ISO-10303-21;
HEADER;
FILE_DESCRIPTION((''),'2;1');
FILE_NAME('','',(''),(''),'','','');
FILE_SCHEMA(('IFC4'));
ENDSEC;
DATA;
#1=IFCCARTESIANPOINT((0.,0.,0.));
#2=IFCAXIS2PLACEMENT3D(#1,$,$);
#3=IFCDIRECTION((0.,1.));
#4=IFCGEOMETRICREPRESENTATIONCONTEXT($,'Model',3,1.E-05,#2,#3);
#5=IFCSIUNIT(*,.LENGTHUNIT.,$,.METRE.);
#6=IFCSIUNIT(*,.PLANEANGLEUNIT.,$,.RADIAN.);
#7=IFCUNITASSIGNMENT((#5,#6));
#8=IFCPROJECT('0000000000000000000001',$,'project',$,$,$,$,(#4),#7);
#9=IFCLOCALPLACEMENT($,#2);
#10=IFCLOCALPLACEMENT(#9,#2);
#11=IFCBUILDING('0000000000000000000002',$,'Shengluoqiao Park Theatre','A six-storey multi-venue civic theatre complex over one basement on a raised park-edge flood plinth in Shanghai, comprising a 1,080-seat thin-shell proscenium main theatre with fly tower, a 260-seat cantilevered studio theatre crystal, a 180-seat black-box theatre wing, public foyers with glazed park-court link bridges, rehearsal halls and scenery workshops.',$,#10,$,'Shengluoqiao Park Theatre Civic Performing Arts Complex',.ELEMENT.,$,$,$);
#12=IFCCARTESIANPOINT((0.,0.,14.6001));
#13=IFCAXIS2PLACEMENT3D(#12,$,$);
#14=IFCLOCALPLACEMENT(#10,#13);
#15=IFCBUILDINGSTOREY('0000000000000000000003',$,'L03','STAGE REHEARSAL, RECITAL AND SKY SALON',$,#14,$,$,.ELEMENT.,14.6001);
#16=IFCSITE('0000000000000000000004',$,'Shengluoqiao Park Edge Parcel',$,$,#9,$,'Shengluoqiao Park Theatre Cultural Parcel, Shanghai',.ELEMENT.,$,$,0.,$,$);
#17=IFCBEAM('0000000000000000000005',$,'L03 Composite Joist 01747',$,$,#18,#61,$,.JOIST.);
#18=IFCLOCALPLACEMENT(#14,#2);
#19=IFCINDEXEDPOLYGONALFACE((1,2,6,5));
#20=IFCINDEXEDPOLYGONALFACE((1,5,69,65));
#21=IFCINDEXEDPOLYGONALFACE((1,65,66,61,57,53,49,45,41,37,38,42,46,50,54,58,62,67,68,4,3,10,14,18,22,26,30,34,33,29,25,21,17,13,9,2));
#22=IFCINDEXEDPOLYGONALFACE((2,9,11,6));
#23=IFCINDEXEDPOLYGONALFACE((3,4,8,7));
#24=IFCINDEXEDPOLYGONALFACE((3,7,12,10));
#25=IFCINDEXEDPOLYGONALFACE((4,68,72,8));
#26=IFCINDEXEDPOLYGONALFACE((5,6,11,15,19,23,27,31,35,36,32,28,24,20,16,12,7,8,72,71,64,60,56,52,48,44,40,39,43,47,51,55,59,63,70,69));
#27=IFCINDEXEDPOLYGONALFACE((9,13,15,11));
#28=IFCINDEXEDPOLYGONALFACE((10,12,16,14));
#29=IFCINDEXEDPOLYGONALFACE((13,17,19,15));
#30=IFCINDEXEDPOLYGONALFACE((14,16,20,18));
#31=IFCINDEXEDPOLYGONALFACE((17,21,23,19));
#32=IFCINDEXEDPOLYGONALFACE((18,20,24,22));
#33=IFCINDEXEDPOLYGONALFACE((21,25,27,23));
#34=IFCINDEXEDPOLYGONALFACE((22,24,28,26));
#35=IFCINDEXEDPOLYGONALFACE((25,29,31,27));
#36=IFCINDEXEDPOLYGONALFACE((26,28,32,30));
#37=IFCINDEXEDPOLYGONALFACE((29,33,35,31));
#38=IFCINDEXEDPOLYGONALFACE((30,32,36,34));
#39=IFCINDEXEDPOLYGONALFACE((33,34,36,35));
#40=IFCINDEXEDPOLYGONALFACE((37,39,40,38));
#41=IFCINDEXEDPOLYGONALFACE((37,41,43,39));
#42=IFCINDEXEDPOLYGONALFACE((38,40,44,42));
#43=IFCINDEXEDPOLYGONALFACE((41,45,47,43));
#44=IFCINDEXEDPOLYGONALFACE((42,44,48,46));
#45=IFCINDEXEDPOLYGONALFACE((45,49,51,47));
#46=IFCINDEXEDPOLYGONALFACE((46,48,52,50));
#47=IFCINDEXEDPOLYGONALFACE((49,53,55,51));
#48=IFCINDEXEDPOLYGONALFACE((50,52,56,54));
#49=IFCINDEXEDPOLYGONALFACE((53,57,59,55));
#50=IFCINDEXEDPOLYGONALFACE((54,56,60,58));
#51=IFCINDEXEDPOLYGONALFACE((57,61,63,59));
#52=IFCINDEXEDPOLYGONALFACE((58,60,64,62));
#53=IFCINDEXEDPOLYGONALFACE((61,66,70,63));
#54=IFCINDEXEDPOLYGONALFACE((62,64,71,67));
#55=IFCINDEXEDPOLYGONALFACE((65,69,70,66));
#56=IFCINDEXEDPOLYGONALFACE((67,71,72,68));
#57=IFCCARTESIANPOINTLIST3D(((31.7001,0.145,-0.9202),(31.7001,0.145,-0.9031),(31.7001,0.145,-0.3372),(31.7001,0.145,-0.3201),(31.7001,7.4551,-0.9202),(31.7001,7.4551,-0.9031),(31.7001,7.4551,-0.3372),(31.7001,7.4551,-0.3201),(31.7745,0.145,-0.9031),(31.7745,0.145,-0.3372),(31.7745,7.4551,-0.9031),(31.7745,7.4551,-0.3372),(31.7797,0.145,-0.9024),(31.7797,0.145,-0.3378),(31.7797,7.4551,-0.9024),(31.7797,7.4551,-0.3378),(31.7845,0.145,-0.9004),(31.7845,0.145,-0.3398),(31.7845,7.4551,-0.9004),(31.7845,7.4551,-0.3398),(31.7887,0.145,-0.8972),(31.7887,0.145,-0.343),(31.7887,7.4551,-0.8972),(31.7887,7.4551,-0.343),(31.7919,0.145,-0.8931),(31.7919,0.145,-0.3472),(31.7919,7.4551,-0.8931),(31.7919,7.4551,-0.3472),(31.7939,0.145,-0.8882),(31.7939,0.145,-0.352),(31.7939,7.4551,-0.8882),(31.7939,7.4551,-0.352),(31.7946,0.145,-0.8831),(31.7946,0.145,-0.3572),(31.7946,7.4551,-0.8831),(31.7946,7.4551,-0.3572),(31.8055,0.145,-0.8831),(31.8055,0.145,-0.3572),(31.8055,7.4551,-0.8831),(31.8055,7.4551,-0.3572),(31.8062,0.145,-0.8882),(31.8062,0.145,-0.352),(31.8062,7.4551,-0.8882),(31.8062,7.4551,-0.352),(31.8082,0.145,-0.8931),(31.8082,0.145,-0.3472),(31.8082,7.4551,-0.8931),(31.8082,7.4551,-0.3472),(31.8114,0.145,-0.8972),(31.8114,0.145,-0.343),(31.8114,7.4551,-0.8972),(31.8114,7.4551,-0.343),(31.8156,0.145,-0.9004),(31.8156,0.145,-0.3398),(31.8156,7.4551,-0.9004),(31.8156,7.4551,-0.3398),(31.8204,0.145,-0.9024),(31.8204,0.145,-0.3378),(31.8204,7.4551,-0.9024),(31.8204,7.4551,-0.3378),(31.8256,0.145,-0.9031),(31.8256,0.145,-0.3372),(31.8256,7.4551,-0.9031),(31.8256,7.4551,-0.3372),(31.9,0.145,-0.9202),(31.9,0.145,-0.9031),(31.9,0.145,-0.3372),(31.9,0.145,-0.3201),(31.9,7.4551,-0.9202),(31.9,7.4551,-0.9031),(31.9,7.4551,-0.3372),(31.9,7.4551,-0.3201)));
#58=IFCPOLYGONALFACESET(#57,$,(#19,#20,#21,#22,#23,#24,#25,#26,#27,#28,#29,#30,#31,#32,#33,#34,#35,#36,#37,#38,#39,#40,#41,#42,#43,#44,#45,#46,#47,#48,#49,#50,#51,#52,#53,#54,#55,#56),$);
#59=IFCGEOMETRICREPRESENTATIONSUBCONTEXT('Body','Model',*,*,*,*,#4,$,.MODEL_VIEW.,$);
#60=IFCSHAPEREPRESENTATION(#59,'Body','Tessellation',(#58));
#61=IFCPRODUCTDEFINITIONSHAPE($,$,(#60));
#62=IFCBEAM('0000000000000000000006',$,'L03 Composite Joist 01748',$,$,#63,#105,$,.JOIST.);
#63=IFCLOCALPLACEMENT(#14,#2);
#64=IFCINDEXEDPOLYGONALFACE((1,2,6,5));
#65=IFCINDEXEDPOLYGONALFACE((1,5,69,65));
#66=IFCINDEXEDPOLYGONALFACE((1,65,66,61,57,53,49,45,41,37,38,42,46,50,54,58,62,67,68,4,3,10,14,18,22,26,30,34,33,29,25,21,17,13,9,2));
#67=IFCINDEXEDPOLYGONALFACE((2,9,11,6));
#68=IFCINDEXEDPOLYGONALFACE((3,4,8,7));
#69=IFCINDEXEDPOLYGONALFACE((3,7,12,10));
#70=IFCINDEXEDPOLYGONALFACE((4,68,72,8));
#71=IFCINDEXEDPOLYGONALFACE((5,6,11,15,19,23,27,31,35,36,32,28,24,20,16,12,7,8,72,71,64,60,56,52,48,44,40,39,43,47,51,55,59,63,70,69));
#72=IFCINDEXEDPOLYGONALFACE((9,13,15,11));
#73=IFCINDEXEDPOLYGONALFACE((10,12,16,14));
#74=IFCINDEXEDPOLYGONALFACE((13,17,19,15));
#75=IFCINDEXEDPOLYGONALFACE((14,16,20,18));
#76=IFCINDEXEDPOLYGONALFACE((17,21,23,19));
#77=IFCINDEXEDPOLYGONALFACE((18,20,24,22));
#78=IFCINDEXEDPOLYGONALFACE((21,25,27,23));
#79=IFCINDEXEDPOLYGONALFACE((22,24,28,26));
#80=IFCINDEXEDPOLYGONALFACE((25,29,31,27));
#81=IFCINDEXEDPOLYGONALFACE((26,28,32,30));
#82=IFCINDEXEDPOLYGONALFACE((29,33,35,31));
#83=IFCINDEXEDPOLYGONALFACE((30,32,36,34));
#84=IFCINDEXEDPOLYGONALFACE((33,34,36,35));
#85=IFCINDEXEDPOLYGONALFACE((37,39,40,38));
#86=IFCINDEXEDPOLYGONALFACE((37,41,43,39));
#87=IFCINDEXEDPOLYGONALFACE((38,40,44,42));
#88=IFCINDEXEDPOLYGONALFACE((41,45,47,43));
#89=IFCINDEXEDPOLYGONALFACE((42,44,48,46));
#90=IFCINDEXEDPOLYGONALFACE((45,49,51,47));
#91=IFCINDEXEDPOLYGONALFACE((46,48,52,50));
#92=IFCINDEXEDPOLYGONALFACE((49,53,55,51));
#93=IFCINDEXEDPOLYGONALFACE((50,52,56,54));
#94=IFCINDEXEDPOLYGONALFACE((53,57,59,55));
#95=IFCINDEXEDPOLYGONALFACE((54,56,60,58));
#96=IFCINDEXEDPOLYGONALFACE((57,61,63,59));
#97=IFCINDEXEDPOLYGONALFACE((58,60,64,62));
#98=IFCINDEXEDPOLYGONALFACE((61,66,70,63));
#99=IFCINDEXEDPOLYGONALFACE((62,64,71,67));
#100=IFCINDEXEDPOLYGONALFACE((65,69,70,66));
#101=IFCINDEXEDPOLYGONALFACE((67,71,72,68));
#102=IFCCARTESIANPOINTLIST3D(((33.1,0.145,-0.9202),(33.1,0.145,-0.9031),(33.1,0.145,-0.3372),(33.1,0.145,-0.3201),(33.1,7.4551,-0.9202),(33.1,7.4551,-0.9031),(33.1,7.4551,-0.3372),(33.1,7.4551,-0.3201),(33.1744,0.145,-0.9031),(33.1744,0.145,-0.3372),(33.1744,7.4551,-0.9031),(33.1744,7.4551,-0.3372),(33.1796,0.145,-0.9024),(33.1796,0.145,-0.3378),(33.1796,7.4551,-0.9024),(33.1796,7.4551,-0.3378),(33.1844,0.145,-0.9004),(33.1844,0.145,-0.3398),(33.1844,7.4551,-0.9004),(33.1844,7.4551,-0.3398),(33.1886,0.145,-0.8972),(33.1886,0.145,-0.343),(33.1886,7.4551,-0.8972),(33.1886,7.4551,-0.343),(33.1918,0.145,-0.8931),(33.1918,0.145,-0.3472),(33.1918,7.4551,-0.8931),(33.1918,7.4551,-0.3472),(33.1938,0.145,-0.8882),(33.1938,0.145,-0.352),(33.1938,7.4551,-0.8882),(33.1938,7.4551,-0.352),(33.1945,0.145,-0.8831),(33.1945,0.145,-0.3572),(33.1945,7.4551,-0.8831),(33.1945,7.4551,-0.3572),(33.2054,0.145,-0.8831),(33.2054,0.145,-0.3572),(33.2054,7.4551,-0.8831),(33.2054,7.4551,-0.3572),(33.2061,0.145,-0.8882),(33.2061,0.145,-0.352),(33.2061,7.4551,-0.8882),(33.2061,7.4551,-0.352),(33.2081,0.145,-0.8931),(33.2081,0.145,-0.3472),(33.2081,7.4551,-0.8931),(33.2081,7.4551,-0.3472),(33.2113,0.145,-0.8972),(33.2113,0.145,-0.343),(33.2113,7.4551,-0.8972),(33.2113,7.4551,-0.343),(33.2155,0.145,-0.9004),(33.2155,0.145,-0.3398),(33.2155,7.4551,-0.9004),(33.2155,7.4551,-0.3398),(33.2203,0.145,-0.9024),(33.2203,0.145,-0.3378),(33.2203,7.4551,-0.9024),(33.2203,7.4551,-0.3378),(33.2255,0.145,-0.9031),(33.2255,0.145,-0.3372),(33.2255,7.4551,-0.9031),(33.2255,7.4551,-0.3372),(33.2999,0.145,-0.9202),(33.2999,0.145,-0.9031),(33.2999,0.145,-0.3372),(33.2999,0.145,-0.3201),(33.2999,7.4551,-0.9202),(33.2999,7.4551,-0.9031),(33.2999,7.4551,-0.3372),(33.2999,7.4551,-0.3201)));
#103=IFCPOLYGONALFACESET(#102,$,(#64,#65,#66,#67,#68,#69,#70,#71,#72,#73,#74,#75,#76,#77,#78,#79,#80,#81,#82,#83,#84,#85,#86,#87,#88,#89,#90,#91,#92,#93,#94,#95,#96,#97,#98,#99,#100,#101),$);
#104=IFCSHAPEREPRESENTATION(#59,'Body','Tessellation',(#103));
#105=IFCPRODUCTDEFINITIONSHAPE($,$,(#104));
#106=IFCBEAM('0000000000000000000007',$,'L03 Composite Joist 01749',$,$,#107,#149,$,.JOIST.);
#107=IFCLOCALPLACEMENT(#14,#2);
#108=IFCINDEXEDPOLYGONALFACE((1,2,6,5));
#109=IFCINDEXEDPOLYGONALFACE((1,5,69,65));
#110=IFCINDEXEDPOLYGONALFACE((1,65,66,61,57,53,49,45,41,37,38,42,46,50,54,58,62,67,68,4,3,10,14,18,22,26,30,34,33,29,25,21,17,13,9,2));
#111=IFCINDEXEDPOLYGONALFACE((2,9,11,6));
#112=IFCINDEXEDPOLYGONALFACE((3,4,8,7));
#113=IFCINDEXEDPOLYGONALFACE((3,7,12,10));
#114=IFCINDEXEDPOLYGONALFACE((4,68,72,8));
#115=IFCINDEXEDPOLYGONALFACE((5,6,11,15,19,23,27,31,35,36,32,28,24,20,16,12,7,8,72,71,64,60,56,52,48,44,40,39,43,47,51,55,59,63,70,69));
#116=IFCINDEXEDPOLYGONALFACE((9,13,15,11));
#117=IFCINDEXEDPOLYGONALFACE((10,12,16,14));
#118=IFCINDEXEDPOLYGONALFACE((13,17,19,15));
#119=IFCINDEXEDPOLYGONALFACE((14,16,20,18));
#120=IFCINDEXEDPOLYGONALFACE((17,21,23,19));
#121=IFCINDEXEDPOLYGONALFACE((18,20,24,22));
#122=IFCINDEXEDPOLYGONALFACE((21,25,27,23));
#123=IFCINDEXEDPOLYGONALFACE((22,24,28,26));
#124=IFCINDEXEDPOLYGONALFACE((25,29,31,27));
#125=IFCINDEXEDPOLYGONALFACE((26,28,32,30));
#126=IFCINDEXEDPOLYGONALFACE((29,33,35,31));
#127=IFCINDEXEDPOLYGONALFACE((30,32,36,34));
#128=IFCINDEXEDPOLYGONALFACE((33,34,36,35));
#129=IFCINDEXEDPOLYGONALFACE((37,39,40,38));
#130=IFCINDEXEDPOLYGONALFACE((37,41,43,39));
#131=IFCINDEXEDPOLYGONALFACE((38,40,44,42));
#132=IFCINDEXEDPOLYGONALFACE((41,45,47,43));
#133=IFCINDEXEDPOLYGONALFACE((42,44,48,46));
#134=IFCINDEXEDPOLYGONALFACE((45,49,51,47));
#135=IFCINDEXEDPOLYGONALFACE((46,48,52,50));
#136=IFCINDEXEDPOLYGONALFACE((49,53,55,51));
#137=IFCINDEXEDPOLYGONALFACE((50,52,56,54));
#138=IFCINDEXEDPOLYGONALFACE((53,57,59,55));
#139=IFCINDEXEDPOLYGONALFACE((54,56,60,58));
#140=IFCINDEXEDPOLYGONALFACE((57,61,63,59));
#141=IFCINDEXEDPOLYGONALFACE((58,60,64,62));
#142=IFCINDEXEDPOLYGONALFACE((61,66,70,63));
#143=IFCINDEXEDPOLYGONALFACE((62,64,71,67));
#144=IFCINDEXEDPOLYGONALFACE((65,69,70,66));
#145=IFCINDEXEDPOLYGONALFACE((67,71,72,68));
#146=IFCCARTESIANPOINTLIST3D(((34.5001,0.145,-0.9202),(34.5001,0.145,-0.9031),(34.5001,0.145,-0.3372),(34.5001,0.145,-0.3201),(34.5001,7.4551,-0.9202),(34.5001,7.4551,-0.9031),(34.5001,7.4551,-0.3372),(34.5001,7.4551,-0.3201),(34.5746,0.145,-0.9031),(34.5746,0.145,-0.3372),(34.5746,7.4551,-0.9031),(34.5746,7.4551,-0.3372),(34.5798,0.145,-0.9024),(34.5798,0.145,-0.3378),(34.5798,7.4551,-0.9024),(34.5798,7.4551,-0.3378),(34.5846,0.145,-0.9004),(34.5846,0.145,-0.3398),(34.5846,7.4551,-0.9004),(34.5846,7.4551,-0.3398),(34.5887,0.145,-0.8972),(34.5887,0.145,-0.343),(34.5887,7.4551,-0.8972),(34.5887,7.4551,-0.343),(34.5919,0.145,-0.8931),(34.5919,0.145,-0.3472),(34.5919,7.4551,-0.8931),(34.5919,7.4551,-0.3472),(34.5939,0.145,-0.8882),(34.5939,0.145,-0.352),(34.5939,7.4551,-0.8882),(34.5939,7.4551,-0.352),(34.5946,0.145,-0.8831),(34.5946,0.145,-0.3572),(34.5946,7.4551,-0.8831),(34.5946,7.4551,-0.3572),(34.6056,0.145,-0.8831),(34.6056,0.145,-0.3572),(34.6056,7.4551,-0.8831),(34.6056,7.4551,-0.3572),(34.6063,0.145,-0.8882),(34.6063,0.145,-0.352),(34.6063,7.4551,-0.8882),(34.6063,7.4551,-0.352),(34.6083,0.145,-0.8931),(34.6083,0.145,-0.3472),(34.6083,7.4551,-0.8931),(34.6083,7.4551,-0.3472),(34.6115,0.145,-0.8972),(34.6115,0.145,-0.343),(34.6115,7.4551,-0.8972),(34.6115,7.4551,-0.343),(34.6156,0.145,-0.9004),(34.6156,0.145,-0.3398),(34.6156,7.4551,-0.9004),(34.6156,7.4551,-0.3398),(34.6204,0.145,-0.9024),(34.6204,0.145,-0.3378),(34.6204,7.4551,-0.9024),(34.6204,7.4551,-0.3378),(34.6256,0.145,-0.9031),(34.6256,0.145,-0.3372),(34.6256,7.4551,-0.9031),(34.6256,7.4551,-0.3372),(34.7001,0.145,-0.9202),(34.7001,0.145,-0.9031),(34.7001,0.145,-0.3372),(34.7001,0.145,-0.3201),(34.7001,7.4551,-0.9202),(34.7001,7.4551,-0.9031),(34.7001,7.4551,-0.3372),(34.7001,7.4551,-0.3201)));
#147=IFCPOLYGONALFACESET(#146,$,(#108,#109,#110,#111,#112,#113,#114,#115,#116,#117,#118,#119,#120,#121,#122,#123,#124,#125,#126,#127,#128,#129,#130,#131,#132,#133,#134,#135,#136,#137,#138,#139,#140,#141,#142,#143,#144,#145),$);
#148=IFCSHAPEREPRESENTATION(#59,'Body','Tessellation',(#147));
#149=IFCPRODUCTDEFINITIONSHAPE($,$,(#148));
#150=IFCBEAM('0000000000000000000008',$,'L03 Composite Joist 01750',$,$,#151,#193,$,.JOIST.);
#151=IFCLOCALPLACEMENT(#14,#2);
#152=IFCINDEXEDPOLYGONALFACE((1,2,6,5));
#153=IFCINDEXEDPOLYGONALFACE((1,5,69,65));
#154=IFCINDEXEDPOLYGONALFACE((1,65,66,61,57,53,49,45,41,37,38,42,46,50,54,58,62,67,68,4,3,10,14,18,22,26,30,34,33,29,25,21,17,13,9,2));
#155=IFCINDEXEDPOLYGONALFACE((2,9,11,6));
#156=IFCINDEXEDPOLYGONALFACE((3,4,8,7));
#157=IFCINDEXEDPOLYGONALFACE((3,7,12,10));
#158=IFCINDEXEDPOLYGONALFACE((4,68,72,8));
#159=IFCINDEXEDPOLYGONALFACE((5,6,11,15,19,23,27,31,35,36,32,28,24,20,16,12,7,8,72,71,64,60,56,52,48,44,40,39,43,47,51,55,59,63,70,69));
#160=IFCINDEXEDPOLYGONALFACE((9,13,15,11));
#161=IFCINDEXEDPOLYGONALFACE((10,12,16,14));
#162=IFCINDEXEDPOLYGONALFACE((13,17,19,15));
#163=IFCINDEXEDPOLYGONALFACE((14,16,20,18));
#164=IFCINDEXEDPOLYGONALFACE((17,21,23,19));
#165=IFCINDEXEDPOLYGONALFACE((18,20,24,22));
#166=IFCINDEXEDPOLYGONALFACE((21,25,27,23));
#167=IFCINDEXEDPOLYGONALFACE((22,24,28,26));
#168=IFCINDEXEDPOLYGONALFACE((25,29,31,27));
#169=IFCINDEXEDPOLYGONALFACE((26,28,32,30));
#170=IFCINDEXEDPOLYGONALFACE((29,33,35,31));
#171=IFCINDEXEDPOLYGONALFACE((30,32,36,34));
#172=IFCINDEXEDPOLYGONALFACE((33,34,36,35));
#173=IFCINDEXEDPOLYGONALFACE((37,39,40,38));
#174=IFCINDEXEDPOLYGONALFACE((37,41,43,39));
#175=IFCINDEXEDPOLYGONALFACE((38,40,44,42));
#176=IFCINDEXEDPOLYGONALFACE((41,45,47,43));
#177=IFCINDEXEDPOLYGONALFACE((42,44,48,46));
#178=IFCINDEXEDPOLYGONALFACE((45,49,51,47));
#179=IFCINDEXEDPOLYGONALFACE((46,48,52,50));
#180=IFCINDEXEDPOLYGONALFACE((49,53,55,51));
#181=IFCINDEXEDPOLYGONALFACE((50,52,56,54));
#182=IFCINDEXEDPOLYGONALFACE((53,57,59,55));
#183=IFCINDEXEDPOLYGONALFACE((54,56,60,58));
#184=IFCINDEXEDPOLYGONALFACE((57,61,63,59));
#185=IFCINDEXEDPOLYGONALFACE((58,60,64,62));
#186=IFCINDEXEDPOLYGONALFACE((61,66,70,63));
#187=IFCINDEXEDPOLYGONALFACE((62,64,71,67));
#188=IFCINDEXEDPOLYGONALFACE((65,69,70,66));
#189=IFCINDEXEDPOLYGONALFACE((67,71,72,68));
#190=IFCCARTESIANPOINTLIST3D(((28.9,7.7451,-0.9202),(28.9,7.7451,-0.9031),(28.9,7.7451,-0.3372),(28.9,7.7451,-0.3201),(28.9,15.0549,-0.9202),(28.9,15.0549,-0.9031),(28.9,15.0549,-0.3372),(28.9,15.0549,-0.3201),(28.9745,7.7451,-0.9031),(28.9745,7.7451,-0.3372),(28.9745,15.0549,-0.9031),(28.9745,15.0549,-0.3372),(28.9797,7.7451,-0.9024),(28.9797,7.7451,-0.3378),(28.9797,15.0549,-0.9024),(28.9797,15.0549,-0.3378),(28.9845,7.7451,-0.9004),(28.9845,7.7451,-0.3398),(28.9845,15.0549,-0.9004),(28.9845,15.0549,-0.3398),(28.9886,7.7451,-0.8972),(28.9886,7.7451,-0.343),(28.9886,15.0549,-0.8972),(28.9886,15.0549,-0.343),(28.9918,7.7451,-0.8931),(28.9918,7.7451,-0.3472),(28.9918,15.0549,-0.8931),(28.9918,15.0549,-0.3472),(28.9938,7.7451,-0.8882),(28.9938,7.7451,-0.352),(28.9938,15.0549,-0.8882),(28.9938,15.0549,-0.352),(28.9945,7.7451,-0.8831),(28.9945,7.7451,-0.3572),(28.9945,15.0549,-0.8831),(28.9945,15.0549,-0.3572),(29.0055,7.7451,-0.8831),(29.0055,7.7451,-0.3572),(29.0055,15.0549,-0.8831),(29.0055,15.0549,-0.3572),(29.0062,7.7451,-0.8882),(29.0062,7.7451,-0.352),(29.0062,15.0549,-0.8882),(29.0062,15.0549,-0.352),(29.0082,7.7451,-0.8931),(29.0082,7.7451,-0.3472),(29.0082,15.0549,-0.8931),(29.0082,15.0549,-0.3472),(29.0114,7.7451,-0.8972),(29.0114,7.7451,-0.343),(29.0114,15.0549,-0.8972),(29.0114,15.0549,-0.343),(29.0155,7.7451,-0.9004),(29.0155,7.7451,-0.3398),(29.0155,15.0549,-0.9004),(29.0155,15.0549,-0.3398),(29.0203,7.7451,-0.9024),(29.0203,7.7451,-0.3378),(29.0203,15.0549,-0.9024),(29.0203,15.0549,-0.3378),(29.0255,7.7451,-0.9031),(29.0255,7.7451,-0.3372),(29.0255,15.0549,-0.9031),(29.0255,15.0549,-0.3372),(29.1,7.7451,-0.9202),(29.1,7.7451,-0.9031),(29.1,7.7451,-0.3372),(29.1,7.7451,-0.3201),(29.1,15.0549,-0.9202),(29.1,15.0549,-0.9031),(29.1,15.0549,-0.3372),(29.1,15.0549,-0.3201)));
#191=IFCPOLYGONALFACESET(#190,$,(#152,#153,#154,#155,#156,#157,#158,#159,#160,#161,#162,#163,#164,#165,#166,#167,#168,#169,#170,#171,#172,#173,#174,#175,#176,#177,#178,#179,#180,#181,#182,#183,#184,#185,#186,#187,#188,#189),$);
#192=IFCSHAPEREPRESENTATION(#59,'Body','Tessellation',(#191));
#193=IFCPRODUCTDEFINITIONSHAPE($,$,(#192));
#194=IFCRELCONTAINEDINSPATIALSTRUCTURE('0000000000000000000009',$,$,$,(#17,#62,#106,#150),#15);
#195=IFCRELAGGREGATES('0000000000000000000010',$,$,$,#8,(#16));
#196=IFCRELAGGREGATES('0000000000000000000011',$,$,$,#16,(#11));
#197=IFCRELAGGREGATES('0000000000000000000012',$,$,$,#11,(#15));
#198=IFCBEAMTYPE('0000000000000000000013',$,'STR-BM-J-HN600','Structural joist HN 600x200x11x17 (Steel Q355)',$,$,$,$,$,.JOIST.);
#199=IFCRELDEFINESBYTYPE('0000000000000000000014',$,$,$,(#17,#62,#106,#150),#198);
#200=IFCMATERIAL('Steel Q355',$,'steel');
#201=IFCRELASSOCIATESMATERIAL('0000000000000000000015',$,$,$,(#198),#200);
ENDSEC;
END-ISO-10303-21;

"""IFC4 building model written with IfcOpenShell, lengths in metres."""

from ifc_helpers import new_model, si_unit, direction, frame, origin, origin_2d, place, context, subcontext, project, spatial, i_section, extrude, material, material_profile, profile_set, type_object, element, save


model = new_model("IFC4")

# Units and contexts
model_context = context("Model", 3, precision=1e-05, world=origin(), true_north=direction((0.0, 1.0)))
body_context = subcontext(model_context, "Body", "Model", "MODEL_VIEW")
ifc_project = project(units=[si_unit("LENGTHUNIT", "METRE"), si_unit("PLANEANGLEUNIT", "RADIAN")], contexts=[model_context])

# Site, building, storey
site_placement = place(None, origin())
site = spatial("IfcSite", under=ifc_project, at=site_placement, Name="Shengluoqiao Park Edge Parcel", LongName="Shengluoqiao Park Theatre Cultural Parcel, Shanghai", CompositionType="ELEMENT", RefElevation=0.0)
building_placement = place(site_placement, origin())
building = spatial("IfcBuilding", under=site, at=building_placement, Name="Shengluoqiao Park Theatre", Description="A six-storey multi-venue civic theatre complex over one basement on a raised park-edge flood plinth in Shanghai, comprising a 1,080-seat thin-shell proscenium main theatre with fly tower, a 260-seat cantilevered studio theatre crystal, a 180-seat black-box theatre wing, public foyers with glazed park-court link bridges, rehearsal halls and scenery workshops.", LongName="Shengluoqiao Park Theatre Civic Performing Arts Complex", CompositionType="ELEMENT")
storey_placement = place(building_placement, frame((0.0, 0.0, 14.6001)))
storey = spatial("IfcBuildingStorey", under=building, at=storey_placement, Name="L03", Description="STAGE REHEARSAL, RECITAL AND SKY SALON", CompositionType="ELEMENT", Elevation=14.6001)

# Beams
ifc_material_1 = material(Name="Steel Q355", Category="steel")
ifc_material_profile_1 = material_profile(ifc_material_1, i_section(OverallWidth=0.2, OverallDepth=0.6001, WebThickness=0.011, FlangeThickness=0.0171, FilletRadius=0.02, at=origin_2d()), Name="HN 600x200x11x17")
ifc_profile_set_1 = profile_set([ifc_material_profile_1], Name="Steel Q355")
beam_type_1 = type_object("IfcBeamType", Name="STR-BM-J-HN600", Description="Structural joist HN 600x200x11x17 (Steel Q355)", PredefinedType="JOIST", material=ifc_profile_set_1)
for number, where, z_axis, x_axis, name in (
    (1, (31.8, 0.145, -0.6201), (0.0, 1.0, 0.0), (-1.0, 0.0, 0.0), "L03 Composite Joist 01747"),
    (2, (33.2, 0.145, -0.6201), (0.0, 1.0, 0.0), (-1.0, 0.0, 0.0), "L03 Composite Joist 01748"),
    (3, (34.6001, 0.145, -0.6201), (0.0, 1.0, 0.0), (-1.0, 0.0, 0.0), "L03 Composite Joist 01749"),
):
    element("IfcBeam", number, at=place(storey_placement, frame(where, z_axis=z_axis, x_axis=x_axis)), inside=storey, type_object=beam_type_1, Name=name, PredefinedType="JOIST", context=body_context, shape_type="SweptSolid", body=[
        extrude(i_section(OverallWidth=0.2, OverallDepth=0.6001, WebThickness=0.011, FlangeThickness=0.0171, FilletRadius=0.02, at=origin_2d()), origin(), (0.0, 0.0, 1.0), 7.3101),
    ])
for number, where, z_axis, x_axis, name in (
    (4, (29.0, 7.7451, -0.6201), (0.0, 1.0, 0.0), (-1.0, 0.0, 0.0), "L03 Composite Joist 01750"),
):
    element("IfcBeam", number, at=place(storey_placement, frame(where, z_axis=z_axis, x_axis=x_axis)), inside=storey, type_object=beam_type_1, Name=name, PredefinedType="JOIST", context=body_context, shape_type="SweptSolid", body=[
        extrude(i_section(OverallWidth=0.2, OverallDepth=0.6001, WebThickness=0.011, FlangeThickness=0.0171, FilletRadius=0.02, at=origin_2d()), origin(), (0.0, 0.0, 1.0), 7.3098),
    ])

save(model, "model.ifc")
